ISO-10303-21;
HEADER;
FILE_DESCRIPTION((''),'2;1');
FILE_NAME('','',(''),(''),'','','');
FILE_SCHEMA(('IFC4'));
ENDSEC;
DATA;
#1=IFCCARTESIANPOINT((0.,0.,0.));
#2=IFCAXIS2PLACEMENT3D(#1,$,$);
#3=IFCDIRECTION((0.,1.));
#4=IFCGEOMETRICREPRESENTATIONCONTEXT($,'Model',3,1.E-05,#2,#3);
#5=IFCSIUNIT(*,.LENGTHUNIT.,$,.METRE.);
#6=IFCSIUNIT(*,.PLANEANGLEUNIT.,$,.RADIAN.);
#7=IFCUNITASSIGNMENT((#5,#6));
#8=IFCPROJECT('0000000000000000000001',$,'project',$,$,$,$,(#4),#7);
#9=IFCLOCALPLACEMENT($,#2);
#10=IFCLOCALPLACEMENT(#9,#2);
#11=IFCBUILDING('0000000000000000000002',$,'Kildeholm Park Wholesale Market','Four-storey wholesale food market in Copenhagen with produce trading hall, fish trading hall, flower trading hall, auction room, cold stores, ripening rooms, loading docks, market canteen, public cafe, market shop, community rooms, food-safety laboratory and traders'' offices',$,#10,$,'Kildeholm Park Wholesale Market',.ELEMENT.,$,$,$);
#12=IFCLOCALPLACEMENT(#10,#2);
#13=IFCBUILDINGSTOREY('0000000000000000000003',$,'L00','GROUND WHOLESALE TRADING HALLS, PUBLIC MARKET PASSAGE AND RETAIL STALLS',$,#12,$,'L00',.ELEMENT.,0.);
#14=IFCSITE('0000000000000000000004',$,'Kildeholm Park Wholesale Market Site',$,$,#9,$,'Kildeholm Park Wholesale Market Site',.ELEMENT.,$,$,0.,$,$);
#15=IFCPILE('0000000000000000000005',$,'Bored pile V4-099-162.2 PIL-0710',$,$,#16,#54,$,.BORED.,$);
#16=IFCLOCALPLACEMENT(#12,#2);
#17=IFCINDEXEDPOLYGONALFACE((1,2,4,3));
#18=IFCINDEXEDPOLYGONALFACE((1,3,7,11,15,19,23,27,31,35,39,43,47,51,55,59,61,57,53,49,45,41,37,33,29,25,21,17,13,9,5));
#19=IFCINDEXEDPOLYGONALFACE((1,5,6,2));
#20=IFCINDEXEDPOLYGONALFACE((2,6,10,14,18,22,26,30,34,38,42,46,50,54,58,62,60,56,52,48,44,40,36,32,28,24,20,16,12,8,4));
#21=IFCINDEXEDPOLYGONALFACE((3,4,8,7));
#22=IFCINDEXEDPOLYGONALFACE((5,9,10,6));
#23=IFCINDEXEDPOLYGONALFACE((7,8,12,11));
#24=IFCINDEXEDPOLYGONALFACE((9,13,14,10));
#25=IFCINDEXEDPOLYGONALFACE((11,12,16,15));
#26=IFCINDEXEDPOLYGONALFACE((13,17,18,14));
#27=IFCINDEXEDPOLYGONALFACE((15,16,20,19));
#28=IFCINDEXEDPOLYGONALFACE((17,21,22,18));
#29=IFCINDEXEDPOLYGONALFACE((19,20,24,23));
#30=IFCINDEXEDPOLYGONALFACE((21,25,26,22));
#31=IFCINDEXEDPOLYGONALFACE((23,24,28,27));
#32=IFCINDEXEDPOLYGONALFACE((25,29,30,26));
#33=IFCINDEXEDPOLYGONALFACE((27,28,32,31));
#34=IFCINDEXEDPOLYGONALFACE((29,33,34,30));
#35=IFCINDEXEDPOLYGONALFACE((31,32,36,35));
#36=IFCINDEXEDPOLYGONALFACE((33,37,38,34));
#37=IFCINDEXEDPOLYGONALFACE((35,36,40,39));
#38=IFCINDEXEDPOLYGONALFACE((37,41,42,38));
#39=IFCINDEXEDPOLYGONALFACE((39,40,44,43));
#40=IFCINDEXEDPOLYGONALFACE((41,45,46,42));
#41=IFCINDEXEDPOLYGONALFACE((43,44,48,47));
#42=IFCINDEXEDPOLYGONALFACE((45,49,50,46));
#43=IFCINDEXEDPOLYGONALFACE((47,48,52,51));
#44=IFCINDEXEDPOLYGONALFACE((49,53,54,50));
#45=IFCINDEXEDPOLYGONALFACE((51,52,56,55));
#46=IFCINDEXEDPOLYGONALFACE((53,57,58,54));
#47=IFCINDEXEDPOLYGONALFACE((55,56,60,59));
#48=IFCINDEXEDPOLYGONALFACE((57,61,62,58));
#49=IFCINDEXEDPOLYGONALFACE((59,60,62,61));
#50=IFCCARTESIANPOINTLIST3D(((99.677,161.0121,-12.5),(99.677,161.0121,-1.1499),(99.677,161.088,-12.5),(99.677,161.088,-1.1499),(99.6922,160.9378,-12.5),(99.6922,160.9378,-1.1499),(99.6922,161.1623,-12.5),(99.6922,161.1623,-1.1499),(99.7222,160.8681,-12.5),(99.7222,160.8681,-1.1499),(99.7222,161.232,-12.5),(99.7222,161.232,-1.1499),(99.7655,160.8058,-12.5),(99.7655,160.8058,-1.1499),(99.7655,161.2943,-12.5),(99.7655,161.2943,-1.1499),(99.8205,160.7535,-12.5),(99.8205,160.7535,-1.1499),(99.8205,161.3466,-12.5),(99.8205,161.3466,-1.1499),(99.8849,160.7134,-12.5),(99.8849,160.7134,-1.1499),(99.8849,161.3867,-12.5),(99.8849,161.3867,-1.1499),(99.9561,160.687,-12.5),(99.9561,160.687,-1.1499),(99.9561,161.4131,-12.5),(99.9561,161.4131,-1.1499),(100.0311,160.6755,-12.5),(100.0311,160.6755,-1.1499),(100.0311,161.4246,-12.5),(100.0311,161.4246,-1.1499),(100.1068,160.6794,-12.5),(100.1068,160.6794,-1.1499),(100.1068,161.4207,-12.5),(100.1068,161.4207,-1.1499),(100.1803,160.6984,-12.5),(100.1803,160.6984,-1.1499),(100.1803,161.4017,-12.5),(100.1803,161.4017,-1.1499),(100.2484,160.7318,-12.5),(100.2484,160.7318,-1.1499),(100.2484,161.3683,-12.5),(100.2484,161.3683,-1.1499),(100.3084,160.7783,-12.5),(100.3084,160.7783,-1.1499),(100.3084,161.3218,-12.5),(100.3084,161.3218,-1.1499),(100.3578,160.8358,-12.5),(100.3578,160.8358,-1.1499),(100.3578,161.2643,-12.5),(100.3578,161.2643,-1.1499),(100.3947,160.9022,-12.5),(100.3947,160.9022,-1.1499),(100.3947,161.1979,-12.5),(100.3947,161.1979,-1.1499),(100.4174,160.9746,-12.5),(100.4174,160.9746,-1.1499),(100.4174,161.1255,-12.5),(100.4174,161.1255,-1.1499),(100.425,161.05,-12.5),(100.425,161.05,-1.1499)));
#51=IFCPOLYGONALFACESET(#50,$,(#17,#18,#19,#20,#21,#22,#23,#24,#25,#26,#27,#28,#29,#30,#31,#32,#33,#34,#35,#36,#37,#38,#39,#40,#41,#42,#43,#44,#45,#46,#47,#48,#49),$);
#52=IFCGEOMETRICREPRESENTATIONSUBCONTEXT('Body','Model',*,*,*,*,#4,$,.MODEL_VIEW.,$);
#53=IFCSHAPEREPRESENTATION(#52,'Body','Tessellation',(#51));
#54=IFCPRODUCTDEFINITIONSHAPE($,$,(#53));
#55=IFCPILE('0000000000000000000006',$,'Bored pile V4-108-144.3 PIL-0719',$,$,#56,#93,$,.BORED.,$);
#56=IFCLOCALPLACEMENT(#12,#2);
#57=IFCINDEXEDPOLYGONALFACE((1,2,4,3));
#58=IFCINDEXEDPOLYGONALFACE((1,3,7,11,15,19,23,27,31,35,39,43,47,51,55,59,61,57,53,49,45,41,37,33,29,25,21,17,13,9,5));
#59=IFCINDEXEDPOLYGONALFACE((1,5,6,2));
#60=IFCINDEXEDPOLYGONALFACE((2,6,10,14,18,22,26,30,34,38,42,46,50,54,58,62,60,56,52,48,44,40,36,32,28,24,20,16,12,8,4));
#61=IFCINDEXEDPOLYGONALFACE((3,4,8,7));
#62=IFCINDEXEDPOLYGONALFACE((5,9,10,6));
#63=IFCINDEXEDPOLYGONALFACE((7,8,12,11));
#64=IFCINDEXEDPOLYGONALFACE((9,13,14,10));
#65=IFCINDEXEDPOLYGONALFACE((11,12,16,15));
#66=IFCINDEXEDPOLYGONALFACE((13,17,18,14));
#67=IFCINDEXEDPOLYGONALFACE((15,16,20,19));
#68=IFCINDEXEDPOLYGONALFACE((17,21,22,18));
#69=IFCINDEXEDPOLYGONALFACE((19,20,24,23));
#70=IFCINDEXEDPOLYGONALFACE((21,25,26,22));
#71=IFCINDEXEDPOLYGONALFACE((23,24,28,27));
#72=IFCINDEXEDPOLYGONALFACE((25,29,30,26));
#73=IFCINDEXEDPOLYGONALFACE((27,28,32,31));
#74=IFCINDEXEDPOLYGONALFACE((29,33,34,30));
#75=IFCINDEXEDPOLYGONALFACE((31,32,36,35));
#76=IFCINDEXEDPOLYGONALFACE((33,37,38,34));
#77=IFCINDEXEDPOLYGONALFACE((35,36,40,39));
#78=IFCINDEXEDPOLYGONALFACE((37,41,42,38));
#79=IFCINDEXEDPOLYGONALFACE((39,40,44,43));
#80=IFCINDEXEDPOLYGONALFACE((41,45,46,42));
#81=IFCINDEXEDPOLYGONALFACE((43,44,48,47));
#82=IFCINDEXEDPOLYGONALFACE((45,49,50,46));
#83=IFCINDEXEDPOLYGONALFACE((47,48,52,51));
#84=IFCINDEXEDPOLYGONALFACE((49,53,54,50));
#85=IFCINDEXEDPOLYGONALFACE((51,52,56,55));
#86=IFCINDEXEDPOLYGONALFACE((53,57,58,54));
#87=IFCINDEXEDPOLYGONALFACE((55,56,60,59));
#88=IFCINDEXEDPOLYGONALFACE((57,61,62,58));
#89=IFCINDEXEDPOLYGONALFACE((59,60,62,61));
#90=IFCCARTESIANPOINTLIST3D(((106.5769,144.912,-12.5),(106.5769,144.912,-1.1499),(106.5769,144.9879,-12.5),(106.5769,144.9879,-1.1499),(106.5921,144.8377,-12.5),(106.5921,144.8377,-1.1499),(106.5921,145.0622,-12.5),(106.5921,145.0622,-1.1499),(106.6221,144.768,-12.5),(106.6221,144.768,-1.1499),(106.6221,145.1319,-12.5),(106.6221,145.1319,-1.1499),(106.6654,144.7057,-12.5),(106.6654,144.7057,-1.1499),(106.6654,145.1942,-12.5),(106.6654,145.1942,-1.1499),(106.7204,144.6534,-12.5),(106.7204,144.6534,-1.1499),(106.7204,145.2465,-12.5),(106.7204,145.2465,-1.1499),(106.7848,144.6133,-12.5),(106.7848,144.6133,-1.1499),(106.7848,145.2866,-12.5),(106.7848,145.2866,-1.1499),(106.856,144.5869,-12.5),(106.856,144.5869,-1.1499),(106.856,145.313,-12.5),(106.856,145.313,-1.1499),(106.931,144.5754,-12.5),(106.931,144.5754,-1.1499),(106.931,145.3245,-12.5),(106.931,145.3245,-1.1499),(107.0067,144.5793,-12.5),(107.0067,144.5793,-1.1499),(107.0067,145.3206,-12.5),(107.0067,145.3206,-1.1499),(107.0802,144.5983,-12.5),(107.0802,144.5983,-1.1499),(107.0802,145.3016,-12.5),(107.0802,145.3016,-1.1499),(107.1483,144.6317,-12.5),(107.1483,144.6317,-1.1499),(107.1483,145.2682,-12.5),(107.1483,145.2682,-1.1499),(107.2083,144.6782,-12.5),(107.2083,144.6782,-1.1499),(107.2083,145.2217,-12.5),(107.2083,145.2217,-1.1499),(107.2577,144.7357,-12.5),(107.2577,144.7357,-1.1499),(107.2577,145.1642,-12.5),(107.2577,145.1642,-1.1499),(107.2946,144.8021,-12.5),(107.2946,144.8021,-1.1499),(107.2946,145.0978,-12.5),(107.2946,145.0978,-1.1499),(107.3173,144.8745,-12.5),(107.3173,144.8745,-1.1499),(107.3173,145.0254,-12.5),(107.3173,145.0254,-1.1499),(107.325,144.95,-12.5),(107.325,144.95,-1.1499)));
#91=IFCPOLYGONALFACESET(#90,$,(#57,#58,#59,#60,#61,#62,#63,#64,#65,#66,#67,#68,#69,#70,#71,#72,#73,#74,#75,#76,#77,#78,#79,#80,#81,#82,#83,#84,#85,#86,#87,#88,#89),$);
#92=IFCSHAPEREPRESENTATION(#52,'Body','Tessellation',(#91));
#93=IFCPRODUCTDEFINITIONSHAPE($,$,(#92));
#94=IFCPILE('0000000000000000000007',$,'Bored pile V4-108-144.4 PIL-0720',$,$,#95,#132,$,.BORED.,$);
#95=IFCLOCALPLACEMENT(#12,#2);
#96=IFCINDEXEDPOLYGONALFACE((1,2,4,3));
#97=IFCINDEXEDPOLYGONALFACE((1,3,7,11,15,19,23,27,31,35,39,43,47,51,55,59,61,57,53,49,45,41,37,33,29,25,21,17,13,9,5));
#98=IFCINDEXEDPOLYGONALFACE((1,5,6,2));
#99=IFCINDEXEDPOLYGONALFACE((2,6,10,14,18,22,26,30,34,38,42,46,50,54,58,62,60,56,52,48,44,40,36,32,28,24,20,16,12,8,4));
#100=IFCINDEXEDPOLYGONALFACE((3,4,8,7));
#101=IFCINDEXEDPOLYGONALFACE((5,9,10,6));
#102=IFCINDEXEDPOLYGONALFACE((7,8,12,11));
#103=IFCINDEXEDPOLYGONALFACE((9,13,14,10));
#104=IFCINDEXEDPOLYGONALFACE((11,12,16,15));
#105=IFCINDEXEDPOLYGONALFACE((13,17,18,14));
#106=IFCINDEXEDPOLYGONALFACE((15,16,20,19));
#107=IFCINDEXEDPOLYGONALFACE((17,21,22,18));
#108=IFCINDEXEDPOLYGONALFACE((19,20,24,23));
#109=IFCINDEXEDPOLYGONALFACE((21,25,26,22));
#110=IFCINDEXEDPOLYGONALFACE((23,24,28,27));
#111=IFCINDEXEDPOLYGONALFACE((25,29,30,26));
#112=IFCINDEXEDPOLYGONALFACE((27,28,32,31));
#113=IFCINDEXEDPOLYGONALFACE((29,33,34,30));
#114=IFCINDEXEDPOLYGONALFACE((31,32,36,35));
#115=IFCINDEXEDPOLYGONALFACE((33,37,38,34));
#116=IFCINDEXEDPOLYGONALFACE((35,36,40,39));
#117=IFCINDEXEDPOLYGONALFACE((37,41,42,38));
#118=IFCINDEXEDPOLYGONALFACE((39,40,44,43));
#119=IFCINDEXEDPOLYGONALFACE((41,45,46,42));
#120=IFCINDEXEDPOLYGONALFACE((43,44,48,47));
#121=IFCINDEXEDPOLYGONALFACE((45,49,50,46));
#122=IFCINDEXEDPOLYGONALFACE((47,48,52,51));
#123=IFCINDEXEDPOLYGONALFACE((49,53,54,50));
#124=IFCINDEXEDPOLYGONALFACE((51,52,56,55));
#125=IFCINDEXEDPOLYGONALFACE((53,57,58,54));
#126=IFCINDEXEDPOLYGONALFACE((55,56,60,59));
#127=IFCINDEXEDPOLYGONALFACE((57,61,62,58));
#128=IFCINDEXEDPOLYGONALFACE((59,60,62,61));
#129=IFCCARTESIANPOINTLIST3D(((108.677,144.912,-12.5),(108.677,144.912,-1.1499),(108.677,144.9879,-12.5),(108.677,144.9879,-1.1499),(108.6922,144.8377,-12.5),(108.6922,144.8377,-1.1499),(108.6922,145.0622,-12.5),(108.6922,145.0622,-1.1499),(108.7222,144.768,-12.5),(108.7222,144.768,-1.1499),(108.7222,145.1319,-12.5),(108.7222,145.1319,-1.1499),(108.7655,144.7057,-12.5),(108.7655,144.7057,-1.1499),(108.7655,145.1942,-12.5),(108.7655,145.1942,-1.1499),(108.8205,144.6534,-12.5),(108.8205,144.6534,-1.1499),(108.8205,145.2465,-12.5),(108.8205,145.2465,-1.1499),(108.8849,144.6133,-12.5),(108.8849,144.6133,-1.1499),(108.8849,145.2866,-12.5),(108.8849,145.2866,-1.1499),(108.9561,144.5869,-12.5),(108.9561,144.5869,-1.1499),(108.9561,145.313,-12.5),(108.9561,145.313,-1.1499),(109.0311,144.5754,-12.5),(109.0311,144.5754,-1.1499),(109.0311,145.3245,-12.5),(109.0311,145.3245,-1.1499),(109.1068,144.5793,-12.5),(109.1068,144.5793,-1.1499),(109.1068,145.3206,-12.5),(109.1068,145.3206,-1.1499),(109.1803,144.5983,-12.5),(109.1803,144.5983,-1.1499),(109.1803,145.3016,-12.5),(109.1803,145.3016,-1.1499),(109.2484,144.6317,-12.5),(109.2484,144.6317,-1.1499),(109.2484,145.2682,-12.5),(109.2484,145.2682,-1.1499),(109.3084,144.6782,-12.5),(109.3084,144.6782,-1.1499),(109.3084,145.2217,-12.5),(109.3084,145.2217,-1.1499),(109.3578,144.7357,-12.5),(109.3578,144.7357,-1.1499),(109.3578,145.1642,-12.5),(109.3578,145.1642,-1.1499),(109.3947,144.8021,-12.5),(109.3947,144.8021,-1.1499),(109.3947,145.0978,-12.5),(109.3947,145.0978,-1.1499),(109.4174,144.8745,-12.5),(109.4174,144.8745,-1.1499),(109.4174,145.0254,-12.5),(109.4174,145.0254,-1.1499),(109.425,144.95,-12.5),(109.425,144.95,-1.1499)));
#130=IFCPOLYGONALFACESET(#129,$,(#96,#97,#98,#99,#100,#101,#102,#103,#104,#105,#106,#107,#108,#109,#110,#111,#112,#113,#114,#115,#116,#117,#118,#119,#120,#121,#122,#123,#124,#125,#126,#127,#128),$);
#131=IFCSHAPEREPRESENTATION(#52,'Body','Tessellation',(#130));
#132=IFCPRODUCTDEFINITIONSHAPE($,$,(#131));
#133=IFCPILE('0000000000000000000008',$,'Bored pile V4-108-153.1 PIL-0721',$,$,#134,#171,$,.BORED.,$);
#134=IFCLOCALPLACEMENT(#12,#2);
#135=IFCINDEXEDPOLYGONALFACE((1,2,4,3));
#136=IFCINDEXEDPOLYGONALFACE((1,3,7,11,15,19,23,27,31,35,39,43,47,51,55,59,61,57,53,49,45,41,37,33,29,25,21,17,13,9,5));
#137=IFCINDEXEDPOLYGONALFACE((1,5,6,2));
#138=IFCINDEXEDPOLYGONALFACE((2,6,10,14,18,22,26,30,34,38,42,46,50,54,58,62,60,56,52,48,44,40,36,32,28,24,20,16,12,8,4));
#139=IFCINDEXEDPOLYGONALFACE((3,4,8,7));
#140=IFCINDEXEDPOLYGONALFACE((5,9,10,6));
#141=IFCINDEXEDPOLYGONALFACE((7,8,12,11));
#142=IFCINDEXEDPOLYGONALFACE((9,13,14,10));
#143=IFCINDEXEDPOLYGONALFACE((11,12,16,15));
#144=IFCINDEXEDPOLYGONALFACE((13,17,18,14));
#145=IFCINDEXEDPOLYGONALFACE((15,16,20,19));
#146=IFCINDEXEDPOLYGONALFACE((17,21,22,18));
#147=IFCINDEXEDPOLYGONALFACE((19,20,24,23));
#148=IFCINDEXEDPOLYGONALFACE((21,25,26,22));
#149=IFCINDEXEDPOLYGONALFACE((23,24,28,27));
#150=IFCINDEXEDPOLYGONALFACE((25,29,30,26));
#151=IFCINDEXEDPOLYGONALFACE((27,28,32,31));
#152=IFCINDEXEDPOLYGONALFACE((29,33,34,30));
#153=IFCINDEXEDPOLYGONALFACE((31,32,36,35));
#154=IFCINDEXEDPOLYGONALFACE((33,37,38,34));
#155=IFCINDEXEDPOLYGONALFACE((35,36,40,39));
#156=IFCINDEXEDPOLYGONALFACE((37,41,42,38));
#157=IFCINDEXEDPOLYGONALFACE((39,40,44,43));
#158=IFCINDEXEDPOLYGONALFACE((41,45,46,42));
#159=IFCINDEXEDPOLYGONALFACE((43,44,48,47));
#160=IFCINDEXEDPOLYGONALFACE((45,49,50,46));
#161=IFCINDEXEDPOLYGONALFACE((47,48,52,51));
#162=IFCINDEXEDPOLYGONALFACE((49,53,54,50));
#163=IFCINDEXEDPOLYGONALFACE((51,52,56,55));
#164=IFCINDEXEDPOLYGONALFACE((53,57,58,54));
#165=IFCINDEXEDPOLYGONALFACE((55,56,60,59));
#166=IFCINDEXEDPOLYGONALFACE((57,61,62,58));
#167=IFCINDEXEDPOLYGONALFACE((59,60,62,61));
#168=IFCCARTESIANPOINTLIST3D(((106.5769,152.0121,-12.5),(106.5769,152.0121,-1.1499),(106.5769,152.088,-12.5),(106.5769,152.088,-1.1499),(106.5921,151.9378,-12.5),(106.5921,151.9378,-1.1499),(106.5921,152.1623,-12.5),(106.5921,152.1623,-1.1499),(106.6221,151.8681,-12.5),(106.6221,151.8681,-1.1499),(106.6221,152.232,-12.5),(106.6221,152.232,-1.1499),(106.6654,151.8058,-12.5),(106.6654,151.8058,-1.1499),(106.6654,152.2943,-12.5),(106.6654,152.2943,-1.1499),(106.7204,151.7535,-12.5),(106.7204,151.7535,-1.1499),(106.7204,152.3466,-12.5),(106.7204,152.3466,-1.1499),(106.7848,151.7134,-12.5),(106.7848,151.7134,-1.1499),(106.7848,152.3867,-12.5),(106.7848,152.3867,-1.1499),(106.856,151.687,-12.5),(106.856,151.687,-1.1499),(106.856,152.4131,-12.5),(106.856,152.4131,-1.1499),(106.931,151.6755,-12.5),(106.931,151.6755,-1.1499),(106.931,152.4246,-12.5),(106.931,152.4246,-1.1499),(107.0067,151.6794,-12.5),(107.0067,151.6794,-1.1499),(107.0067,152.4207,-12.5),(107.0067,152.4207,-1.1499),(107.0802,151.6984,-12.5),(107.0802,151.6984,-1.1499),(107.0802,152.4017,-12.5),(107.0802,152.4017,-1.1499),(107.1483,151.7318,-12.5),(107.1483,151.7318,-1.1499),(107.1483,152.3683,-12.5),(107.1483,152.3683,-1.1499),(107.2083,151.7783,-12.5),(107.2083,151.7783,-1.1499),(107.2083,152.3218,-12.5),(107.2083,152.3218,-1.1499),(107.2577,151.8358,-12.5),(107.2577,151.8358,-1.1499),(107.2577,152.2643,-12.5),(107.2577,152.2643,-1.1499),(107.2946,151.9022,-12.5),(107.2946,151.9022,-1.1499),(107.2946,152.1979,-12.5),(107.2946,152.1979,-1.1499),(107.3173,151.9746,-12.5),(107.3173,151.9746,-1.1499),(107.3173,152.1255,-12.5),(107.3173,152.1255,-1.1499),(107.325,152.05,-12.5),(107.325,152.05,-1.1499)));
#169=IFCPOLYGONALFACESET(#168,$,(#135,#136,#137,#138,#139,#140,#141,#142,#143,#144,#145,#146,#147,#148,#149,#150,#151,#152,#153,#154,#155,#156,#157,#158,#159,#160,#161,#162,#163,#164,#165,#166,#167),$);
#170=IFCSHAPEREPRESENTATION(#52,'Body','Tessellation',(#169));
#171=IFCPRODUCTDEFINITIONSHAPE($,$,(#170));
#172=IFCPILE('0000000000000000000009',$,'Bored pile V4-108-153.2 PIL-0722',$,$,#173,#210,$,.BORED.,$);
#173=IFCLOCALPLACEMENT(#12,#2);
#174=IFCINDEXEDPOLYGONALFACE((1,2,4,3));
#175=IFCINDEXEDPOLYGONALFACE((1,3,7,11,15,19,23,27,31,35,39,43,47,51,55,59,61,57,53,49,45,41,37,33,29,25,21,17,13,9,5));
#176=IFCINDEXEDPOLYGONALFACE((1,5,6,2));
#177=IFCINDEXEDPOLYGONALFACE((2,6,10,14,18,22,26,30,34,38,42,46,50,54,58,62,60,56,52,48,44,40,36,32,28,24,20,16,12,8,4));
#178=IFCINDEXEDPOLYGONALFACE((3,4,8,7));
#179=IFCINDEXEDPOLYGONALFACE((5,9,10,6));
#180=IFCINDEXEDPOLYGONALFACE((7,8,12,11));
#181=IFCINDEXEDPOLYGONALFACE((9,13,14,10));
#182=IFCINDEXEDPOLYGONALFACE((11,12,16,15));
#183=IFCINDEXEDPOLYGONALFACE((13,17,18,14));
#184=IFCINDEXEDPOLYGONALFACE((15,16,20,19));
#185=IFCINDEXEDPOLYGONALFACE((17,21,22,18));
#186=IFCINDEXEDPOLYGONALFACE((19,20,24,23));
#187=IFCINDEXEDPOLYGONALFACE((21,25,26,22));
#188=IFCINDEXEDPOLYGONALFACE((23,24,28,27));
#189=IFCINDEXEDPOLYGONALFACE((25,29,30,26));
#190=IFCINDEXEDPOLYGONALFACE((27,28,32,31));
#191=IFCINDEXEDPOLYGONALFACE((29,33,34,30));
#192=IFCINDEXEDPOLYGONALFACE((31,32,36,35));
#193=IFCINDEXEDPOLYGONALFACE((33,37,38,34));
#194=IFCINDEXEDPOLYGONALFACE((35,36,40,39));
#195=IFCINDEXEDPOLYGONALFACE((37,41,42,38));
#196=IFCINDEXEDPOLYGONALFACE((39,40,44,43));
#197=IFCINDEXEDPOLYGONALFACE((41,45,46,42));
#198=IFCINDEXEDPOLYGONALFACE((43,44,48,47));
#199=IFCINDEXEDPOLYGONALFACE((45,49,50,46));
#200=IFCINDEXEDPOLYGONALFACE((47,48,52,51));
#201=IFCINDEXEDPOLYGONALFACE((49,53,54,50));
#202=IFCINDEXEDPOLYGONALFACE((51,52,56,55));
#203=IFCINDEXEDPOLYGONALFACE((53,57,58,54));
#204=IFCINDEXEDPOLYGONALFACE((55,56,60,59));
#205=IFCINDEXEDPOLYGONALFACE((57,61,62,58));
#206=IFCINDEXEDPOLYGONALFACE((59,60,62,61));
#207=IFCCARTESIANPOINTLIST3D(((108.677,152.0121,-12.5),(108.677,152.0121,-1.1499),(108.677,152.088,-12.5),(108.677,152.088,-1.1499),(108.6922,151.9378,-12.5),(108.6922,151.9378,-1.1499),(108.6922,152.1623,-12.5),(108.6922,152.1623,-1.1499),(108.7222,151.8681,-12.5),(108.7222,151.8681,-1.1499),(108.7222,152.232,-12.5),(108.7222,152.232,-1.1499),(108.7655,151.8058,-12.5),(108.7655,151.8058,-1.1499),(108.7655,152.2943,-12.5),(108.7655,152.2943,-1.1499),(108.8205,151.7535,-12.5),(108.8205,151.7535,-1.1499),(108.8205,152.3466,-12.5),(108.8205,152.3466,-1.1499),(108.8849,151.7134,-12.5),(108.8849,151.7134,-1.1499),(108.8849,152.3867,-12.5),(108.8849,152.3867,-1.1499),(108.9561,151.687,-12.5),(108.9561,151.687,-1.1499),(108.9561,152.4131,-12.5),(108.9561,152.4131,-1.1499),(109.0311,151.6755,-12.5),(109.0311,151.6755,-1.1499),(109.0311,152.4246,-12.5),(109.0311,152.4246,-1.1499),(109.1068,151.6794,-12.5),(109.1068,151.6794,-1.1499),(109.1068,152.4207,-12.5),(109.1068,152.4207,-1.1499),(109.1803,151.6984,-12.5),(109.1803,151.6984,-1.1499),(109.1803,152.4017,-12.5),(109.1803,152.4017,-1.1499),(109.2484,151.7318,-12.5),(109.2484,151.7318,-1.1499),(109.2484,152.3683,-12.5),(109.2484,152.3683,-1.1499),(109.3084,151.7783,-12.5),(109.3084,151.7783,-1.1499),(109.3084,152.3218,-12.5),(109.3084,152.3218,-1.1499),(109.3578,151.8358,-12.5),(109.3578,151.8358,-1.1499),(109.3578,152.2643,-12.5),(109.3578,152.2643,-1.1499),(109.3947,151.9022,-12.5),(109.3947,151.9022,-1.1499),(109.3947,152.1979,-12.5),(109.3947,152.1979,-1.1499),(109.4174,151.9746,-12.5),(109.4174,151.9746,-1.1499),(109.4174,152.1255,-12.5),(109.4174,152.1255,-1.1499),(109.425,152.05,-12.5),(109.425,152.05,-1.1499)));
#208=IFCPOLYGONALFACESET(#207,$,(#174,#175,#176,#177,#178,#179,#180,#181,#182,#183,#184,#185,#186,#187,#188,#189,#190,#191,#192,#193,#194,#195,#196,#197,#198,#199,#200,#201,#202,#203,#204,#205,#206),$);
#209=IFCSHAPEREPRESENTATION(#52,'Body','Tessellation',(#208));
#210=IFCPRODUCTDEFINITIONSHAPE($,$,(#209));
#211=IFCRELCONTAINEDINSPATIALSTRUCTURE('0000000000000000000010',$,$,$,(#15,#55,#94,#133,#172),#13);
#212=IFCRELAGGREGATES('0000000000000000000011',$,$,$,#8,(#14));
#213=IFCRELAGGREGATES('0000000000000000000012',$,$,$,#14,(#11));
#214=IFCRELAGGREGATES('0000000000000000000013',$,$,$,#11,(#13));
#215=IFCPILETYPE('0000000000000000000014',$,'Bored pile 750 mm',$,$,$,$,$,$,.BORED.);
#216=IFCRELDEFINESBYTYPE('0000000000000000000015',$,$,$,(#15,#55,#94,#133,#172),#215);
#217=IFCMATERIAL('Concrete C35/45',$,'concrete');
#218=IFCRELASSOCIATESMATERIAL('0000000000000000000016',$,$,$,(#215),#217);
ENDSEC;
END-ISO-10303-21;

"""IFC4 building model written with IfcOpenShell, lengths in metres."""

from ifc_helpers import new_model, si_unit, direction, frame, origin, origin_2d, place, context, subcontext, project, spatial, circle, extrude, material, material_profile, profile_set, type_object, element, save


model = new_model("IFC4")

# Units and contexts
model_context = context("Model", 3, precision=1e-05, world=origin(), true_north=direction((0.0, 1.0)))
body_context = subcontext(model_context, "Body", "Model", "MODEL_VIEW")
ifc_project = project(units=[si_unit("LENGTHUNIT", "METRE"), si_unit("PLANEANGLEUNIT", "RADIAN")], contexts=[model_context])

# Site, building, storey
site_placement = place(None, origin())
site = spatial("IfcSite", under=ifc_project, at=site_placement, Name="Kildeholm Park Wholesale Market Site", LongName="Kildeholm Park Wholesale Market Site", CompositionType="ELEMENT", RefElevation=0.0)
building_placement = place(site_placement, origin())
building = spatial("IfcBuilding", under=site, at=building_placement, Name="Kildeholm Park Wholesale Market", Description="Four-storey wholesale food market in Copenhagen with produce trading hall, fish trading hall, flower trading hall, auction room, cold stores, ripening rooms, loading docks, market canteen, public cafe, market shop, community rooms, food-safety laboratory and traders' offices", LongName="Kildeholm Park Wholesale Market", CompositionType="ELEMENT")
storey_placement = place(building_placement, origin())
storey = spatial("IfcBuildingStorey", under=building, at=storey_placement, Name="L00", Description="GROUND WHOLESALE TRADING HALLS, PUBLIC MARKET PASSAGE AND RETAIL STALLS", LongName="L00", CompositionType="ELEMENT", Elevation=0.0)

# Piles
ifc_material_1 = material(Name="Concrete C35/45", Category="concrete")
ifc_material_profile_1 = material_profile(ifc_material_1, circle(Radius=0.375, at=origin_2d()), Name="PILE D750")
ifc_profile_set_1 = profile_set([ifc_material_profile_1], Name="Concrete C35/45")
pile_type = type_object("IfcPileType", Name="Bored pile 750 mm", PredefinedType="BORED", material=ifc_profile_set_1)
for number, where, z_axis, x_axis, name in (
    (1, (100.05, 161.05, -1.1499), (0.0, 0.0, -1.0), (1.0, 0.0, 0.0), "Bored pile V4-099-162.2 PIL-0710"),
    (2, (106.95, 144.95, -1.1499), (0.0, 0.0, -1.0), (1.0, 0.0, 0.0), "Bored pile V4-108-144.3 PIL-0719"),
    (3, (109.05, 144.95, -1.1499), (0.0, 0.0, -1.0), (1.0, 0.0, 0.0), "Bored pile V4-108-144.4 PIL-0720"),
    (4, (106.95, 152.05, -1.1499), (0.0, 0.0, -1.0), (1.0, 0.0, 0.0), "Bored pile V4-108-153.1 PIL-0721"),
    (5, (109.05, 152.05, -1.1499), (0.0, 0.0, -1.0), (1.0, 0.0, 0.0), "Bored pile V4-108-153.2 PIL-0722"),
):
    element("IfcPile", number, at=place(storey_placement, frame(where, z_axis=z_axis, x_axis=x_axis)), inside=storey, type_object=pile_type, Name=name, PredefinedType="BORED", context=body_context, shape_type="SweptSolid", body=[
        extrude(circle(Radius=0.375, at=origin_2d()), origin(), (0.0, 0.0, 1.0), 11.3501),
    ])

save(model, "model.ifc")
